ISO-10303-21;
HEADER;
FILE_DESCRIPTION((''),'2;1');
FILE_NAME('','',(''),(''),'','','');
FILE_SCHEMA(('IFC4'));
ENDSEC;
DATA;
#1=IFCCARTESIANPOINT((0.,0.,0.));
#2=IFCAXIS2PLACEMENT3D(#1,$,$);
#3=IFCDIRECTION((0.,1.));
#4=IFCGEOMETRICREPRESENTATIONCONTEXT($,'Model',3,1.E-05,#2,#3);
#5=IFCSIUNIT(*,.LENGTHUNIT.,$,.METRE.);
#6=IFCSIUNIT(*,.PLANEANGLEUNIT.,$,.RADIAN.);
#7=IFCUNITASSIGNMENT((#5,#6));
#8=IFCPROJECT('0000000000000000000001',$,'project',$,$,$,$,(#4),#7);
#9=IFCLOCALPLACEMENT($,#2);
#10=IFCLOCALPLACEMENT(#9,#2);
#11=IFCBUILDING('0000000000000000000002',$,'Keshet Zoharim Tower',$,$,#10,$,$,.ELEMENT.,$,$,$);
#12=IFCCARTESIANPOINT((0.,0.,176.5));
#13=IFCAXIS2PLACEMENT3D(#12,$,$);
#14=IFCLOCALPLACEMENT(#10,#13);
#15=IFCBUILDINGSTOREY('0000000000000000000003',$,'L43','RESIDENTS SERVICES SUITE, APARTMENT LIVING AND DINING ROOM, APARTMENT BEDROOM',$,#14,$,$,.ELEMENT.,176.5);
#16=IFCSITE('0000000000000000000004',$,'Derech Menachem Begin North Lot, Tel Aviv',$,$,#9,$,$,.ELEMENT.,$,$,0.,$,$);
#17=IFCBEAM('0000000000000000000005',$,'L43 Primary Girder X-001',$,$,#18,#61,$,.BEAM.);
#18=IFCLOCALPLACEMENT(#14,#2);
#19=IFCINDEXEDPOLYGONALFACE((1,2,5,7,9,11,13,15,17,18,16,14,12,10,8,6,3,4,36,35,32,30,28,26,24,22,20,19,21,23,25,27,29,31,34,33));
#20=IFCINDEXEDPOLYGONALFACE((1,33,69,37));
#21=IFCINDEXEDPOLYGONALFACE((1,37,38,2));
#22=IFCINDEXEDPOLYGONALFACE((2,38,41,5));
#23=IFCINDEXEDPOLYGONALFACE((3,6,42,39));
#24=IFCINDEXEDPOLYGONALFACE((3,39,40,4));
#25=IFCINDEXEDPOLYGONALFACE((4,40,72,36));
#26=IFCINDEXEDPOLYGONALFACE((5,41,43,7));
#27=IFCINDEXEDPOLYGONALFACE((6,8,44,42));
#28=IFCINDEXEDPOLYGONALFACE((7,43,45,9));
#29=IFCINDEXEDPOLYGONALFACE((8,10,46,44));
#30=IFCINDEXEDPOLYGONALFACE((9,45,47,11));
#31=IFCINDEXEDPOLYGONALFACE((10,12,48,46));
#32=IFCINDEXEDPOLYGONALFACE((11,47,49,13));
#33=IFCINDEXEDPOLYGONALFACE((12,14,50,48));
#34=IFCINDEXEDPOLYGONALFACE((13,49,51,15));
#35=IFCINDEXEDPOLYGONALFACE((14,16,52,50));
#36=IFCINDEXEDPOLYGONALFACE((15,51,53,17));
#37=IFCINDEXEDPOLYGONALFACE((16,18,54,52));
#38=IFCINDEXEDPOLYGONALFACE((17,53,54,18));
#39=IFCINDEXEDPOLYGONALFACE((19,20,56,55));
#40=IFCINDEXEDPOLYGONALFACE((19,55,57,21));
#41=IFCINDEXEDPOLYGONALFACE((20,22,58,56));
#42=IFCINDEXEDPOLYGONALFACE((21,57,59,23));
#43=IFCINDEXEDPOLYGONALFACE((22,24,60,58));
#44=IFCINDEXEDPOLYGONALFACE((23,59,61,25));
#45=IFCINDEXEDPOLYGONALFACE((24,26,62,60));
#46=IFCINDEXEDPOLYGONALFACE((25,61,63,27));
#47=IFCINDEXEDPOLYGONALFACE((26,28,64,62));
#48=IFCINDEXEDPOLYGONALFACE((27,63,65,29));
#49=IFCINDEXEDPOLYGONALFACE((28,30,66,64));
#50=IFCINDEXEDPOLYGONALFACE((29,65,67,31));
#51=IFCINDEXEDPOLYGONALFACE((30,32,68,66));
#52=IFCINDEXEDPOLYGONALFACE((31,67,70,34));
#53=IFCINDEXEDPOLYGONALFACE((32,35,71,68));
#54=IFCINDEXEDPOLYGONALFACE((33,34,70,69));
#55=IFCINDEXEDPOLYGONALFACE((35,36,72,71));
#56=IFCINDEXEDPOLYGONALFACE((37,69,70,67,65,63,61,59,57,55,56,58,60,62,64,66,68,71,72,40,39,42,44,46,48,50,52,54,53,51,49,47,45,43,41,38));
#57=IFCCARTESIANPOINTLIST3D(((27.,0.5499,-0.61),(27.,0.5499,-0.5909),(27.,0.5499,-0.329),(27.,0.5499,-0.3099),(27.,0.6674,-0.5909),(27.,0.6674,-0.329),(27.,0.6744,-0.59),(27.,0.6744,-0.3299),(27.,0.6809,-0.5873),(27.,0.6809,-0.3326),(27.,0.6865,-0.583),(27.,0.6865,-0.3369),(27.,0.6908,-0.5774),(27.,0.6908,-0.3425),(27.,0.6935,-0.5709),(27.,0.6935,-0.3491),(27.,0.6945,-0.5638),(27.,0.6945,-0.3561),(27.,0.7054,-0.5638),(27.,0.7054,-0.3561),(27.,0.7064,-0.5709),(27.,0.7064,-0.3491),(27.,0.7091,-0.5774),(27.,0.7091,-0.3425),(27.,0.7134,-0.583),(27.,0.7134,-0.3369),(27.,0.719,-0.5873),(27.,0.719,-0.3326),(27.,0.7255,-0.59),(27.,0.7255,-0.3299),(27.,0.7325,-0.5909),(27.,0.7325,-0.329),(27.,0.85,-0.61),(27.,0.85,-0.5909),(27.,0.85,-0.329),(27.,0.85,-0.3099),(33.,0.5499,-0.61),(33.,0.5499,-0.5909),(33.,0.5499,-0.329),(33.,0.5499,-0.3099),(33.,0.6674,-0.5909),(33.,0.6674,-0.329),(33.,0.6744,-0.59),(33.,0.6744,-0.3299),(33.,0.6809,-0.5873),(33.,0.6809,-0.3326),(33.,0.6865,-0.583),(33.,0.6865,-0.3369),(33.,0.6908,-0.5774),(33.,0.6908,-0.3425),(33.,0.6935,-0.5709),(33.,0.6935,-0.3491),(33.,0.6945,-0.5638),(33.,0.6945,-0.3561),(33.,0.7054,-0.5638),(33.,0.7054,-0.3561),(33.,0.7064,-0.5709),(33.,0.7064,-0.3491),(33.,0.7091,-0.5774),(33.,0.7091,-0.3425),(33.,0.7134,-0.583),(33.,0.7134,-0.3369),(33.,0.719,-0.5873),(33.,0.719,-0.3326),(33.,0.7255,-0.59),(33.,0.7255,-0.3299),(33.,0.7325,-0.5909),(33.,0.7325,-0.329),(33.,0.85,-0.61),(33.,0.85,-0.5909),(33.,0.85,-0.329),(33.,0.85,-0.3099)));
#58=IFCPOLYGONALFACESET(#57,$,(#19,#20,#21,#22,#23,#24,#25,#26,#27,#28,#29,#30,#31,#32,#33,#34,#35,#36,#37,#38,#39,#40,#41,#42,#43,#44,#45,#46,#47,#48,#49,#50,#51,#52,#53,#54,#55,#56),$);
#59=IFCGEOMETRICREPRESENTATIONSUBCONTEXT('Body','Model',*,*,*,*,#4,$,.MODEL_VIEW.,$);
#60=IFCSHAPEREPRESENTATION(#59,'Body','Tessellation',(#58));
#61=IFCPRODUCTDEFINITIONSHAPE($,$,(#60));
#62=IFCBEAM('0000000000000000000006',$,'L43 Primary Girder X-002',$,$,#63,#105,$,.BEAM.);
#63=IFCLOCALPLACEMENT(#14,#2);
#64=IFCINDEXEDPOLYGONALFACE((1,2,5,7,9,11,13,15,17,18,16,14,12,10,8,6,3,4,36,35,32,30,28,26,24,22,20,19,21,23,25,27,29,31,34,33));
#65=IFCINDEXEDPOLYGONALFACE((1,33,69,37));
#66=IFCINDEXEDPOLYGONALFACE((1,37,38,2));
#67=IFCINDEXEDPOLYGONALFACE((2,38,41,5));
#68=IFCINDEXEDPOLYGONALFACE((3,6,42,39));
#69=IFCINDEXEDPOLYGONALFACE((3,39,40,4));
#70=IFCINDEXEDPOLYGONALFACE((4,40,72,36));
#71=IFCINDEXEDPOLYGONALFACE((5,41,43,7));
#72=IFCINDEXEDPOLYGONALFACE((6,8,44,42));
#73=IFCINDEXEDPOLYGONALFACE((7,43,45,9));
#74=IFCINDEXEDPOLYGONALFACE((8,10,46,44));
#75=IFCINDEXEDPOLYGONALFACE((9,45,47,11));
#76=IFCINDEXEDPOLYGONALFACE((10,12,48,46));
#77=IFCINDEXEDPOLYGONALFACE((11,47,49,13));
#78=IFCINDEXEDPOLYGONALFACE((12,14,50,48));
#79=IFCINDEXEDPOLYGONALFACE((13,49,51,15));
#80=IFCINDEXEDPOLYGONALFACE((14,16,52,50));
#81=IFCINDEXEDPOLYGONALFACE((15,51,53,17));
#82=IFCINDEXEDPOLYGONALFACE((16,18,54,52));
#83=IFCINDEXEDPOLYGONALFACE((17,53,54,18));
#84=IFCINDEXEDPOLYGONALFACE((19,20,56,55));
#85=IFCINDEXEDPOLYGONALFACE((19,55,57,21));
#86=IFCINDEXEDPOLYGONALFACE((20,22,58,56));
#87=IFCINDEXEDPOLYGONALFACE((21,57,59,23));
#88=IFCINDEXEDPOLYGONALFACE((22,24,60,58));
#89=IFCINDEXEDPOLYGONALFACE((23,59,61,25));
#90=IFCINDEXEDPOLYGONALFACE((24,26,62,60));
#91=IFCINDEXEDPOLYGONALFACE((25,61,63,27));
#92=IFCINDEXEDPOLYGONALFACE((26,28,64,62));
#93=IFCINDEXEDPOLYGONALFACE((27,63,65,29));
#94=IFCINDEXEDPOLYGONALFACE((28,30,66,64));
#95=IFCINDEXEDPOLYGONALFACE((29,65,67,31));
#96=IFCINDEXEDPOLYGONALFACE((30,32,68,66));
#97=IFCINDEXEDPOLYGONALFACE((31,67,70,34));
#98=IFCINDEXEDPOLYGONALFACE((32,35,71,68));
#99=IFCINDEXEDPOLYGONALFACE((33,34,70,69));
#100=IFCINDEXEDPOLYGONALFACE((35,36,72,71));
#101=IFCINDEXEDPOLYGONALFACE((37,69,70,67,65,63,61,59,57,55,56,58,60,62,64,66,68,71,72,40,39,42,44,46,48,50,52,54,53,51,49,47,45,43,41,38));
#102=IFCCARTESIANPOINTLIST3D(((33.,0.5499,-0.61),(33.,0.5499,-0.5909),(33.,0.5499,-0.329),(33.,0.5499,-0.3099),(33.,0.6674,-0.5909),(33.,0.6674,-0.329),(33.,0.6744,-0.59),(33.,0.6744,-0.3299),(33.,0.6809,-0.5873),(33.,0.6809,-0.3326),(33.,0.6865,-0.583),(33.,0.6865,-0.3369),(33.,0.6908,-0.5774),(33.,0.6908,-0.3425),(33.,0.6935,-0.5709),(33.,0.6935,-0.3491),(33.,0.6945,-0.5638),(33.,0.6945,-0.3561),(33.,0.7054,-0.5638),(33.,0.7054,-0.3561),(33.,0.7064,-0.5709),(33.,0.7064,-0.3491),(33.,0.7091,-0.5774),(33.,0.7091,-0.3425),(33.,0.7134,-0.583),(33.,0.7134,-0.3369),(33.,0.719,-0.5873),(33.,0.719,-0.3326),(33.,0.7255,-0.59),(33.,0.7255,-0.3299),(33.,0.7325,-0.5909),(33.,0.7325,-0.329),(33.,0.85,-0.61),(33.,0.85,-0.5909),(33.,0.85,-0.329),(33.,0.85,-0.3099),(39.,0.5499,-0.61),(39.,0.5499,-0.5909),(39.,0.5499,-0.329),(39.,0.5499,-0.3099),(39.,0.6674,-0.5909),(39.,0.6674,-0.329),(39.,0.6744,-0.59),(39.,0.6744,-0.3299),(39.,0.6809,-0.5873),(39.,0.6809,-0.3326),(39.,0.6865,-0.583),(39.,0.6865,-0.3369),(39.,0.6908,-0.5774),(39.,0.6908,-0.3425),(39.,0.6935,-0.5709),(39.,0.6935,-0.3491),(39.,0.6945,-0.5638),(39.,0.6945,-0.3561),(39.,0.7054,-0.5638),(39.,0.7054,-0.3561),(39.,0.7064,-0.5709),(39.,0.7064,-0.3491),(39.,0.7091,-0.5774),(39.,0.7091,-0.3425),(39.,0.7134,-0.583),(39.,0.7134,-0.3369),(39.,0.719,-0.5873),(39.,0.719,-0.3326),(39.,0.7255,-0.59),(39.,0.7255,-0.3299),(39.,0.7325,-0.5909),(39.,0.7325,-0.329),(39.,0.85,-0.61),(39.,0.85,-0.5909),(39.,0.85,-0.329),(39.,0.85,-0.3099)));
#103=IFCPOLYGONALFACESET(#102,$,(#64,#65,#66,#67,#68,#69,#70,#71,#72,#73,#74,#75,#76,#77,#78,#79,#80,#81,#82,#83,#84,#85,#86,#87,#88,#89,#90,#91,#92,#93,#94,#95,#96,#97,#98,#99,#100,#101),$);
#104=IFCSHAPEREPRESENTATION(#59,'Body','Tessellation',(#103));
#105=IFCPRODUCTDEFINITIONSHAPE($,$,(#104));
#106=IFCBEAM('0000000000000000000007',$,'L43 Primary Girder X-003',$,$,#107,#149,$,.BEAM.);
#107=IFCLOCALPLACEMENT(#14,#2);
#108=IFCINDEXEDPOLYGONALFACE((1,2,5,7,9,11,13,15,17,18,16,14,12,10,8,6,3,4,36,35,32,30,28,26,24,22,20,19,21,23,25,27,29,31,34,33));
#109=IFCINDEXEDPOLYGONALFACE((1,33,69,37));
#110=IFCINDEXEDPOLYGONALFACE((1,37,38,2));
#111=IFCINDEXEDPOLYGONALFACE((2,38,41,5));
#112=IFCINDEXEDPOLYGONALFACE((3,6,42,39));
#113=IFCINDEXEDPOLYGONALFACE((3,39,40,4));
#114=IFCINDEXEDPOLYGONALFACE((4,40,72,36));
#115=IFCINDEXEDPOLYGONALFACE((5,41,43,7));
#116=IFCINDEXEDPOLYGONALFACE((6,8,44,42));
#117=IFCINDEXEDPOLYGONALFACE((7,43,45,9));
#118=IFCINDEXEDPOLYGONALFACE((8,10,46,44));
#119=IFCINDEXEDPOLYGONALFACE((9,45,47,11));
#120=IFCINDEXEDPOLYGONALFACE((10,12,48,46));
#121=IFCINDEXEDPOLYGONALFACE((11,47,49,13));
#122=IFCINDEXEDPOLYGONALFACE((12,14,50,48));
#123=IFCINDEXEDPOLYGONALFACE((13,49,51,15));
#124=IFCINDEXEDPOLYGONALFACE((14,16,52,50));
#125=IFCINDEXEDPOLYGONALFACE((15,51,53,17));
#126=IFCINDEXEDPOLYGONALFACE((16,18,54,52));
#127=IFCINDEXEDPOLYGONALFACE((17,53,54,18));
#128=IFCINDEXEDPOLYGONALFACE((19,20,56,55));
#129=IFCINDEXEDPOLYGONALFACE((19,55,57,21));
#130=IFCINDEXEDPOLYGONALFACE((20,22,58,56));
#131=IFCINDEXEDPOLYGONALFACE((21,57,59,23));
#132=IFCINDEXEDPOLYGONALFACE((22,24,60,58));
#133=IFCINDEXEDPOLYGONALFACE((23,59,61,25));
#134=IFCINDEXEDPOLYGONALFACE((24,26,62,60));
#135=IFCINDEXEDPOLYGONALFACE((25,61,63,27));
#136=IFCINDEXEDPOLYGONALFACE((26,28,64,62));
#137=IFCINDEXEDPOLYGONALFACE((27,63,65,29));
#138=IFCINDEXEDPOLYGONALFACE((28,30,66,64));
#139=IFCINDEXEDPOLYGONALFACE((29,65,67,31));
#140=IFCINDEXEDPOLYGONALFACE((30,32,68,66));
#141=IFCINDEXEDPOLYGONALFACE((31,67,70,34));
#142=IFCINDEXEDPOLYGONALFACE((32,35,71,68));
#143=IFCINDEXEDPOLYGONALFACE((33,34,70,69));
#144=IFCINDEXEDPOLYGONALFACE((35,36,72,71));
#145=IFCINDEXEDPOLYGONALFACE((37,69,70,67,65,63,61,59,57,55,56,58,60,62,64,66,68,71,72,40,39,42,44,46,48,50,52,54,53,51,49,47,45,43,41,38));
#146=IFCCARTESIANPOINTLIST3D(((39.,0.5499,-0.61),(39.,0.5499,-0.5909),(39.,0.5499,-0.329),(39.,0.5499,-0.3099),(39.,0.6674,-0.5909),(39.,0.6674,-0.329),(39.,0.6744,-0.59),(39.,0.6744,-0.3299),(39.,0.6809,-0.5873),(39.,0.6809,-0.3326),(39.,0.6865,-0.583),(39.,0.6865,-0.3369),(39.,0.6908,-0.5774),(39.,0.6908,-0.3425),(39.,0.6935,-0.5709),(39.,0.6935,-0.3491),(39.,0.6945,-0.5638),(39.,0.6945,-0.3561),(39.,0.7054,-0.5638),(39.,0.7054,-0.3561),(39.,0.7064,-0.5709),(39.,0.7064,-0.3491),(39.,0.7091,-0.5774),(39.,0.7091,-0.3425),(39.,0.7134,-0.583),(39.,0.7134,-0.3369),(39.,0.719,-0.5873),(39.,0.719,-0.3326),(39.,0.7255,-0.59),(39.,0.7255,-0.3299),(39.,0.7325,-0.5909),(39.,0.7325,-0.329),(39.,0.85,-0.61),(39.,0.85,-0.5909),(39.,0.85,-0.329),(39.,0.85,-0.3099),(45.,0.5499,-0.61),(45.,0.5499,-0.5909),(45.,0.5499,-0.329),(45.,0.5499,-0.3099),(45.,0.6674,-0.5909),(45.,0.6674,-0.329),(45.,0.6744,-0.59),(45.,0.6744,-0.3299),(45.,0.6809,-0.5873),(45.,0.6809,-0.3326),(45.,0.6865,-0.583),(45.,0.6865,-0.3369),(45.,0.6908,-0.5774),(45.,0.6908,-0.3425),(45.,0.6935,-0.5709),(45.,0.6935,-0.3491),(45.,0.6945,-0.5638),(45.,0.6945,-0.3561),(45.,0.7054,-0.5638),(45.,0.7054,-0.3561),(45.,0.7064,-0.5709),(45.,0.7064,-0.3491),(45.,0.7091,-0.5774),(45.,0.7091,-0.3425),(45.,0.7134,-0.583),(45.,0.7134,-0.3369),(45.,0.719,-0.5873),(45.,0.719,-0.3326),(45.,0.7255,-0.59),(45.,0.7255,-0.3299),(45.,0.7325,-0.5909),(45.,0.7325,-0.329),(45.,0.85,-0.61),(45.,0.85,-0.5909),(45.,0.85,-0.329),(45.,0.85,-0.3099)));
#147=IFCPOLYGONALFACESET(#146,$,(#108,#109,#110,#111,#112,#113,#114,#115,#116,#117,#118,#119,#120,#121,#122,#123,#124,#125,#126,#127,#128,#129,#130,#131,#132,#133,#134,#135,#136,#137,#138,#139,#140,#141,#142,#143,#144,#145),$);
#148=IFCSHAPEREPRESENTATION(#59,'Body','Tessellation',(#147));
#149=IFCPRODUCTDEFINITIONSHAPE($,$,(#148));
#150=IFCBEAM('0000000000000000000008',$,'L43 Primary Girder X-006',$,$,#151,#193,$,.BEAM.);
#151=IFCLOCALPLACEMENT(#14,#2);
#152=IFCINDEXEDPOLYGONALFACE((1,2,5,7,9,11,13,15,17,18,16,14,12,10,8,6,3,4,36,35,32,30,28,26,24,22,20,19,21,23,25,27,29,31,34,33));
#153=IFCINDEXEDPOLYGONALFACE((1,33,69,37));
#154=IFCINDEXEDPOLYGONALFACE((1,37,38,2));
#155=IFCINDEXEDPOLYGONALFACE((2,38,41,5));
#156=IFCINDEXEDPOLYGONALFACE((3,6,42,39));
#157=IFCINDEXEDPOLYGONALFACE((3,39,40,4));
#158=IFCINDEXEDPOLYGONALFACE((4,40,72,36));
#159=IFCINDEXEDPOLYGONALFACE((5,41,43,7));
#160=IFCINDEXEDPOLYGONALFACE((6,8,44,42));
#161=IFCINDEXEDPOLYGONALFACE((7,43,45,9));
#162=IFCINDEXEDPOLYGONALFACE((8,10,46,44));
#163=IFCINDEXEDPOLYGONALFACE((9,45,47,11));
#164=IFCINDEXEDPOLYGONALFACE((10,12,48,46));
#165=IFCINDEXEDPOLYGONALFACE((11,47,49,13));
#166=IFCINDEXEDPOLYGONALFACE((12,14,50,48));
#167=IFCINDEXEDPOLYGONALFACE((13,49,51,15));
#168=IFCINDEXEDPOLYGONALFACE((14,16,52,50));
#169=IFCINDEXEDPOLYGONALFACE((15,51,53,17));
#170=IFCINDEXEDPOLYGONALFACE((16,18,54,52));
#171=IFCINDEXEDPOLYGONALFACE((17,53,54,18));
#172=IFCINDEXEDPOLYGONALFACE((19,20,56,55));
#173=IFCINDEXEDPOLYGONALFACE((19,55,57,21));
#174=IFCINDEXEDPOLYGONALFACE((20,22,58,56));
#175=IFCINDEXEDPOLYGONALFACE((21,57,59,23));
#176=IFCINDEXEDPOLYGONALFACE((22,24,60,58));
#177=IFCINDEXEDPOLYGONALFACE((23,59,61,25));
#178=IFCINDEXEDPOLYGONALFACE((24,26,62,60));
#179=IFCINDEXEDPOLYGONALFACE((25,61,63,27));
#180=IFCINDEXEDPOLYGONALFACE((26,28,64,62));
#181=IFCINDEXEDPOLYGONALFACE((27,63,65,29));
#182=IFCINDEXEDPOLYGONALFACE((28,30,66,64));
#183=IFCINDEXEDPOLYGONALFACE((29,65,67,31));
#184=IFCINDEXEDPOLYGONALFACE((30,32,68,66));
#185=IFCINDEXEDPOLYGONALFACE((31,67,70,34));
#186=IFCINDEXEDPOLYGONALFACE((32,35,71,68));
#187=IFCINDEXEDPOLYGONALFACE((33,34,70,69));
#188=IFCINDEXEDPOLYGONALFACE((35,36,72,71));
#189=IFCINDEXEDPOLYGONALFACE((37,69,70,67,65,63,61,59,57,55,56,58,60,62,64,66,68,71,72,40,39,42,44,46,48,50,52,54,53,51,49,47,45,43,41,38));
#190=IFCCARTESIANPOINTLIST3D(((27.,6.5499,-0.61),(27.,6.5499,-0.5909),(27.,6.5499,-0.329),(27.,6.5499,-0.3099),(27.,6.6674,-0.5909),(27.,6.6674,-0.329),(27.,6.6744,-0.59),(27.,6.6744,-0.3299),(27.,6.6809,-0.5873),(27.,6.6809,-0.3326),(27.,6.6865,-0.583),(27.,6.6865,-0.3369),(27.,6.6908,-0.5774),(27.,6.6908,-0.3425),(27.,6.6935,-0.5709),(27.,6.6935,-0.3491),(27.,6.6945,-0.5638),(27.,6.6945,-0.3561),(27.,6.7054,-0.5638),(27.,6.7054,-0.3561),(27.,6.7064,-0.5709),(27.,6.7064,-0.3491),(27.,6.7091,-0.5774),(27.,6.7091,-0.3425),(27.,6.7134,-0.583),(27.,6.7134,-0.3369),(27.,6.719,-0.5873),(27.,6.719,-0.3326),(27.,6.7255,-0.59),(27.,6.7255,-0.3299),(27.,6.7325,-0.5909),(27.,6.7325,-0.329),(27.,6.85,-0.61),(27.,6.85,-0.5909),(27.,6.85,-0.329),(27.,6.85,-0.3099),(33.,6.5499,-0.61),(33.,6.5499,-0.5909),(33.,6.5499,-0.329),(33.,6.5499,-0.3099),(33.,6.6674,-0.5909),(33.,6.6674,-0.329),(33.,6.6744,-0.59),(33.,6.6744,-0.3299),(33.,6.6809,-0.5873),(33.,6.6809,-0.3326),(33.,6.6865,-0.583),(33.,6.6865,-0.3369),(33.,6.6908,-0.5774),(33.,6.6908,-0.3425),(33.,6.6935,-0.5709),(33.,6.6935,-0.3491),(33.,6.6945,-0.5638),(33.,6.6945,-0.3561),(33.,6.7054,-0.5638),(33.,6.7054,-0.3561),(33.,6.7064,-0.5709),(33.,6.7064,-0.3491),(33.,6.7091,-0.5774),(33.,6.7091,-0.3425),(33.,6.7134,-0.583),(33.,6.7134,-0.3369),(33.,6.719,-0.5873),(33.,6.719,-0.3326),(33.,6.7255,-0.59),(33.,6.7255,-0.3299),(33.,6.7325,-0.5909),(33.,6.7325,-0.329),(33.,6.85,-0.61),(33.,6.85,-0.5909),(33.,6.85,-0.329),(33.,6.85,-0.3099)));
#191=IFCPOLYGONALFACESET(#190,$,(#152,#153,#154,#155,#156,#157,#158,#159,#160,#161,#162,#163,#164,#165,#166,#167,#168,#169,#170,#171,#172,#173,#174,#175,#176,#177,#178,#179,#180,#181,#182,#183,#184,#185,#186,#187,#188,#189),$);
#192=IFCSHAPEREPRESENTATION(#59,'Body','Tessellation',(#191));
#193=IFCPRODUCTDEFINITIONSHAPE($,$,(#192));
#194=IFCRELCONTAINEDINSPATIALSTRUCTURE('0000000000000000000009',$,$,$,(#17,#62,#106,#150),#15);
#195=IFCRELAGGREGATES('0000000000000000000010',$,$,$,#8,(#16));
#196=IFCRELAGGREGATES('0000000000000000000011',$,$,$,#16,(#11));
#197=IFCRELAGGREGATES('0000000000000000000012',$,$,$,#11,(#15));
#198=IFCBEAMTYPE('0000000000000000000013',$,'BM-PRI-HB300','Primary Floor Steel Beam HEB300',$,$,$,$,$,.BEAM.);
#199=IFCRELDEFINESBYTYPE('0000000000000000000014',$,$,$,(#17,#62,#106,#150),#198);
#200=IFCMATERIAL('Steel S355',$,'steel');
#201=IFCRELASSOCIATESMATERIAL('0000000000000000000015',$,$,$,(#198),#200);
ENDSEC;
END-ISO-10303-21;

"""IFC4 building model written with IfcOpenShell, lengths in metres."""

from ifc_helpers import new_model, si_unit, direction, frame, origin, origin_2d, place, context, subcontext, project, spatial, i_section, extrude, material, material_profile, profile_set, type_object, element, save


model = new_model("IFC4")

# Units and contexts
model_context = context("Model", 3, precision=1e-05, world=origin(), true_north=direction((0.0, 1.0)))
body_context = subcontext(model_context, "Body", "Model", "MODEL_VIEW")
ifc_project = project(units=[si_unit("LENGTHUNIT", "METRE"), si_unit("PLANEANGLEUNIT", "RADIAN")], contexts=[model_context])

# Site, building, storey
site_placement = place(None, origin())
site = spatial("IfcSite", under=ifc_project, at=site_placement, Name="Derech Menachem Begin North Lot, Tel Aviv", CompositionType="ELEMENT", RefElevation=0.0)
building_placement = place(site_placement, origin())
building = spatial("IfcBuilding", under=site, at=building_placement, Name="Keshet Zoharim Tower", CompositionType="ELEMENT")
storey_placement = place(building_placement, frame((0.0, 0.0, 176.5)))
storey = spatial("IfcBuildingStorey", under=building, at=storey_placement, Name="L43", Description="RESIDENTS SERVICES SUITE, APARTMENT LIVING AND DINING ROOM, APARTMENT BEDROOM", CompositionType="ELEMENT", Elevation=176.5)

# Shared definitions
ifc_material_1 = material(Name="Steel S355", Category="steel")

# Beams
ifc_material_profile_1 = material_profile(ifc_material_1, i_section(OverallWidth=0.3, OverallDepth=0.3, WebThickness=0.011, FlangeThickness=0.019, FilletRadius=0.0271, at=origin_2d()), Name="HEB300")
ifc_profile_set_1 = profile_set([ifc_material_profile_1], Name="Steel S355")
beam_type_1 = type_object("IfcBeamType", Name="BM-PRI-HB300", Description="Primary Floor Steel Beam HEB300", PredefinedType="BEAM", material=ifc_profile_set_1)
for number, where, z_axis, x_axis, name in (
    (1, (27.0, 0.7, -0.46), (1.0, 0.0, 0.0), (0.0, 1.0, 0.0), "L43 Primary Girder X-001"),
    (2, (33.0, 0.7, -0.46), (1.0, 0.0, 0.0), (0.0, 1.0, 0.0), "L43 Primary Girder X-002"),
    (3, (39.0, 0.7, -0.46), (1.0, 0.0, 0.0), (0.0, 1.0, 0.0), "L43 Primary Girder X-003"),
    (4, (27.0, 6.7, -0.46), (1.0, 0.0, 0.0), (0.0, 1.0, 0.0), "L43 Primary Girder X-006"),
):
    element("IfcBeam", number, at=place(storey_placement, frame(where, z_axis=z_axis, x_axis=x_axis)), inside=storey, type_object=beam_type_1, Name=name, PredefinedType="BEAM", context=body_context, shape_type="SweptSolid", body=[
        extrude(i_section(OverallWidth=0.3, OverallDepth=0.3, WebThickness=0.011, FlangeThickness=0.019, FilletRadius=0.0271, at=origin_2d()), origin(), (0.0, 0.0, 1.0), 6.0),
    ])

save(model, "model.ifc")
